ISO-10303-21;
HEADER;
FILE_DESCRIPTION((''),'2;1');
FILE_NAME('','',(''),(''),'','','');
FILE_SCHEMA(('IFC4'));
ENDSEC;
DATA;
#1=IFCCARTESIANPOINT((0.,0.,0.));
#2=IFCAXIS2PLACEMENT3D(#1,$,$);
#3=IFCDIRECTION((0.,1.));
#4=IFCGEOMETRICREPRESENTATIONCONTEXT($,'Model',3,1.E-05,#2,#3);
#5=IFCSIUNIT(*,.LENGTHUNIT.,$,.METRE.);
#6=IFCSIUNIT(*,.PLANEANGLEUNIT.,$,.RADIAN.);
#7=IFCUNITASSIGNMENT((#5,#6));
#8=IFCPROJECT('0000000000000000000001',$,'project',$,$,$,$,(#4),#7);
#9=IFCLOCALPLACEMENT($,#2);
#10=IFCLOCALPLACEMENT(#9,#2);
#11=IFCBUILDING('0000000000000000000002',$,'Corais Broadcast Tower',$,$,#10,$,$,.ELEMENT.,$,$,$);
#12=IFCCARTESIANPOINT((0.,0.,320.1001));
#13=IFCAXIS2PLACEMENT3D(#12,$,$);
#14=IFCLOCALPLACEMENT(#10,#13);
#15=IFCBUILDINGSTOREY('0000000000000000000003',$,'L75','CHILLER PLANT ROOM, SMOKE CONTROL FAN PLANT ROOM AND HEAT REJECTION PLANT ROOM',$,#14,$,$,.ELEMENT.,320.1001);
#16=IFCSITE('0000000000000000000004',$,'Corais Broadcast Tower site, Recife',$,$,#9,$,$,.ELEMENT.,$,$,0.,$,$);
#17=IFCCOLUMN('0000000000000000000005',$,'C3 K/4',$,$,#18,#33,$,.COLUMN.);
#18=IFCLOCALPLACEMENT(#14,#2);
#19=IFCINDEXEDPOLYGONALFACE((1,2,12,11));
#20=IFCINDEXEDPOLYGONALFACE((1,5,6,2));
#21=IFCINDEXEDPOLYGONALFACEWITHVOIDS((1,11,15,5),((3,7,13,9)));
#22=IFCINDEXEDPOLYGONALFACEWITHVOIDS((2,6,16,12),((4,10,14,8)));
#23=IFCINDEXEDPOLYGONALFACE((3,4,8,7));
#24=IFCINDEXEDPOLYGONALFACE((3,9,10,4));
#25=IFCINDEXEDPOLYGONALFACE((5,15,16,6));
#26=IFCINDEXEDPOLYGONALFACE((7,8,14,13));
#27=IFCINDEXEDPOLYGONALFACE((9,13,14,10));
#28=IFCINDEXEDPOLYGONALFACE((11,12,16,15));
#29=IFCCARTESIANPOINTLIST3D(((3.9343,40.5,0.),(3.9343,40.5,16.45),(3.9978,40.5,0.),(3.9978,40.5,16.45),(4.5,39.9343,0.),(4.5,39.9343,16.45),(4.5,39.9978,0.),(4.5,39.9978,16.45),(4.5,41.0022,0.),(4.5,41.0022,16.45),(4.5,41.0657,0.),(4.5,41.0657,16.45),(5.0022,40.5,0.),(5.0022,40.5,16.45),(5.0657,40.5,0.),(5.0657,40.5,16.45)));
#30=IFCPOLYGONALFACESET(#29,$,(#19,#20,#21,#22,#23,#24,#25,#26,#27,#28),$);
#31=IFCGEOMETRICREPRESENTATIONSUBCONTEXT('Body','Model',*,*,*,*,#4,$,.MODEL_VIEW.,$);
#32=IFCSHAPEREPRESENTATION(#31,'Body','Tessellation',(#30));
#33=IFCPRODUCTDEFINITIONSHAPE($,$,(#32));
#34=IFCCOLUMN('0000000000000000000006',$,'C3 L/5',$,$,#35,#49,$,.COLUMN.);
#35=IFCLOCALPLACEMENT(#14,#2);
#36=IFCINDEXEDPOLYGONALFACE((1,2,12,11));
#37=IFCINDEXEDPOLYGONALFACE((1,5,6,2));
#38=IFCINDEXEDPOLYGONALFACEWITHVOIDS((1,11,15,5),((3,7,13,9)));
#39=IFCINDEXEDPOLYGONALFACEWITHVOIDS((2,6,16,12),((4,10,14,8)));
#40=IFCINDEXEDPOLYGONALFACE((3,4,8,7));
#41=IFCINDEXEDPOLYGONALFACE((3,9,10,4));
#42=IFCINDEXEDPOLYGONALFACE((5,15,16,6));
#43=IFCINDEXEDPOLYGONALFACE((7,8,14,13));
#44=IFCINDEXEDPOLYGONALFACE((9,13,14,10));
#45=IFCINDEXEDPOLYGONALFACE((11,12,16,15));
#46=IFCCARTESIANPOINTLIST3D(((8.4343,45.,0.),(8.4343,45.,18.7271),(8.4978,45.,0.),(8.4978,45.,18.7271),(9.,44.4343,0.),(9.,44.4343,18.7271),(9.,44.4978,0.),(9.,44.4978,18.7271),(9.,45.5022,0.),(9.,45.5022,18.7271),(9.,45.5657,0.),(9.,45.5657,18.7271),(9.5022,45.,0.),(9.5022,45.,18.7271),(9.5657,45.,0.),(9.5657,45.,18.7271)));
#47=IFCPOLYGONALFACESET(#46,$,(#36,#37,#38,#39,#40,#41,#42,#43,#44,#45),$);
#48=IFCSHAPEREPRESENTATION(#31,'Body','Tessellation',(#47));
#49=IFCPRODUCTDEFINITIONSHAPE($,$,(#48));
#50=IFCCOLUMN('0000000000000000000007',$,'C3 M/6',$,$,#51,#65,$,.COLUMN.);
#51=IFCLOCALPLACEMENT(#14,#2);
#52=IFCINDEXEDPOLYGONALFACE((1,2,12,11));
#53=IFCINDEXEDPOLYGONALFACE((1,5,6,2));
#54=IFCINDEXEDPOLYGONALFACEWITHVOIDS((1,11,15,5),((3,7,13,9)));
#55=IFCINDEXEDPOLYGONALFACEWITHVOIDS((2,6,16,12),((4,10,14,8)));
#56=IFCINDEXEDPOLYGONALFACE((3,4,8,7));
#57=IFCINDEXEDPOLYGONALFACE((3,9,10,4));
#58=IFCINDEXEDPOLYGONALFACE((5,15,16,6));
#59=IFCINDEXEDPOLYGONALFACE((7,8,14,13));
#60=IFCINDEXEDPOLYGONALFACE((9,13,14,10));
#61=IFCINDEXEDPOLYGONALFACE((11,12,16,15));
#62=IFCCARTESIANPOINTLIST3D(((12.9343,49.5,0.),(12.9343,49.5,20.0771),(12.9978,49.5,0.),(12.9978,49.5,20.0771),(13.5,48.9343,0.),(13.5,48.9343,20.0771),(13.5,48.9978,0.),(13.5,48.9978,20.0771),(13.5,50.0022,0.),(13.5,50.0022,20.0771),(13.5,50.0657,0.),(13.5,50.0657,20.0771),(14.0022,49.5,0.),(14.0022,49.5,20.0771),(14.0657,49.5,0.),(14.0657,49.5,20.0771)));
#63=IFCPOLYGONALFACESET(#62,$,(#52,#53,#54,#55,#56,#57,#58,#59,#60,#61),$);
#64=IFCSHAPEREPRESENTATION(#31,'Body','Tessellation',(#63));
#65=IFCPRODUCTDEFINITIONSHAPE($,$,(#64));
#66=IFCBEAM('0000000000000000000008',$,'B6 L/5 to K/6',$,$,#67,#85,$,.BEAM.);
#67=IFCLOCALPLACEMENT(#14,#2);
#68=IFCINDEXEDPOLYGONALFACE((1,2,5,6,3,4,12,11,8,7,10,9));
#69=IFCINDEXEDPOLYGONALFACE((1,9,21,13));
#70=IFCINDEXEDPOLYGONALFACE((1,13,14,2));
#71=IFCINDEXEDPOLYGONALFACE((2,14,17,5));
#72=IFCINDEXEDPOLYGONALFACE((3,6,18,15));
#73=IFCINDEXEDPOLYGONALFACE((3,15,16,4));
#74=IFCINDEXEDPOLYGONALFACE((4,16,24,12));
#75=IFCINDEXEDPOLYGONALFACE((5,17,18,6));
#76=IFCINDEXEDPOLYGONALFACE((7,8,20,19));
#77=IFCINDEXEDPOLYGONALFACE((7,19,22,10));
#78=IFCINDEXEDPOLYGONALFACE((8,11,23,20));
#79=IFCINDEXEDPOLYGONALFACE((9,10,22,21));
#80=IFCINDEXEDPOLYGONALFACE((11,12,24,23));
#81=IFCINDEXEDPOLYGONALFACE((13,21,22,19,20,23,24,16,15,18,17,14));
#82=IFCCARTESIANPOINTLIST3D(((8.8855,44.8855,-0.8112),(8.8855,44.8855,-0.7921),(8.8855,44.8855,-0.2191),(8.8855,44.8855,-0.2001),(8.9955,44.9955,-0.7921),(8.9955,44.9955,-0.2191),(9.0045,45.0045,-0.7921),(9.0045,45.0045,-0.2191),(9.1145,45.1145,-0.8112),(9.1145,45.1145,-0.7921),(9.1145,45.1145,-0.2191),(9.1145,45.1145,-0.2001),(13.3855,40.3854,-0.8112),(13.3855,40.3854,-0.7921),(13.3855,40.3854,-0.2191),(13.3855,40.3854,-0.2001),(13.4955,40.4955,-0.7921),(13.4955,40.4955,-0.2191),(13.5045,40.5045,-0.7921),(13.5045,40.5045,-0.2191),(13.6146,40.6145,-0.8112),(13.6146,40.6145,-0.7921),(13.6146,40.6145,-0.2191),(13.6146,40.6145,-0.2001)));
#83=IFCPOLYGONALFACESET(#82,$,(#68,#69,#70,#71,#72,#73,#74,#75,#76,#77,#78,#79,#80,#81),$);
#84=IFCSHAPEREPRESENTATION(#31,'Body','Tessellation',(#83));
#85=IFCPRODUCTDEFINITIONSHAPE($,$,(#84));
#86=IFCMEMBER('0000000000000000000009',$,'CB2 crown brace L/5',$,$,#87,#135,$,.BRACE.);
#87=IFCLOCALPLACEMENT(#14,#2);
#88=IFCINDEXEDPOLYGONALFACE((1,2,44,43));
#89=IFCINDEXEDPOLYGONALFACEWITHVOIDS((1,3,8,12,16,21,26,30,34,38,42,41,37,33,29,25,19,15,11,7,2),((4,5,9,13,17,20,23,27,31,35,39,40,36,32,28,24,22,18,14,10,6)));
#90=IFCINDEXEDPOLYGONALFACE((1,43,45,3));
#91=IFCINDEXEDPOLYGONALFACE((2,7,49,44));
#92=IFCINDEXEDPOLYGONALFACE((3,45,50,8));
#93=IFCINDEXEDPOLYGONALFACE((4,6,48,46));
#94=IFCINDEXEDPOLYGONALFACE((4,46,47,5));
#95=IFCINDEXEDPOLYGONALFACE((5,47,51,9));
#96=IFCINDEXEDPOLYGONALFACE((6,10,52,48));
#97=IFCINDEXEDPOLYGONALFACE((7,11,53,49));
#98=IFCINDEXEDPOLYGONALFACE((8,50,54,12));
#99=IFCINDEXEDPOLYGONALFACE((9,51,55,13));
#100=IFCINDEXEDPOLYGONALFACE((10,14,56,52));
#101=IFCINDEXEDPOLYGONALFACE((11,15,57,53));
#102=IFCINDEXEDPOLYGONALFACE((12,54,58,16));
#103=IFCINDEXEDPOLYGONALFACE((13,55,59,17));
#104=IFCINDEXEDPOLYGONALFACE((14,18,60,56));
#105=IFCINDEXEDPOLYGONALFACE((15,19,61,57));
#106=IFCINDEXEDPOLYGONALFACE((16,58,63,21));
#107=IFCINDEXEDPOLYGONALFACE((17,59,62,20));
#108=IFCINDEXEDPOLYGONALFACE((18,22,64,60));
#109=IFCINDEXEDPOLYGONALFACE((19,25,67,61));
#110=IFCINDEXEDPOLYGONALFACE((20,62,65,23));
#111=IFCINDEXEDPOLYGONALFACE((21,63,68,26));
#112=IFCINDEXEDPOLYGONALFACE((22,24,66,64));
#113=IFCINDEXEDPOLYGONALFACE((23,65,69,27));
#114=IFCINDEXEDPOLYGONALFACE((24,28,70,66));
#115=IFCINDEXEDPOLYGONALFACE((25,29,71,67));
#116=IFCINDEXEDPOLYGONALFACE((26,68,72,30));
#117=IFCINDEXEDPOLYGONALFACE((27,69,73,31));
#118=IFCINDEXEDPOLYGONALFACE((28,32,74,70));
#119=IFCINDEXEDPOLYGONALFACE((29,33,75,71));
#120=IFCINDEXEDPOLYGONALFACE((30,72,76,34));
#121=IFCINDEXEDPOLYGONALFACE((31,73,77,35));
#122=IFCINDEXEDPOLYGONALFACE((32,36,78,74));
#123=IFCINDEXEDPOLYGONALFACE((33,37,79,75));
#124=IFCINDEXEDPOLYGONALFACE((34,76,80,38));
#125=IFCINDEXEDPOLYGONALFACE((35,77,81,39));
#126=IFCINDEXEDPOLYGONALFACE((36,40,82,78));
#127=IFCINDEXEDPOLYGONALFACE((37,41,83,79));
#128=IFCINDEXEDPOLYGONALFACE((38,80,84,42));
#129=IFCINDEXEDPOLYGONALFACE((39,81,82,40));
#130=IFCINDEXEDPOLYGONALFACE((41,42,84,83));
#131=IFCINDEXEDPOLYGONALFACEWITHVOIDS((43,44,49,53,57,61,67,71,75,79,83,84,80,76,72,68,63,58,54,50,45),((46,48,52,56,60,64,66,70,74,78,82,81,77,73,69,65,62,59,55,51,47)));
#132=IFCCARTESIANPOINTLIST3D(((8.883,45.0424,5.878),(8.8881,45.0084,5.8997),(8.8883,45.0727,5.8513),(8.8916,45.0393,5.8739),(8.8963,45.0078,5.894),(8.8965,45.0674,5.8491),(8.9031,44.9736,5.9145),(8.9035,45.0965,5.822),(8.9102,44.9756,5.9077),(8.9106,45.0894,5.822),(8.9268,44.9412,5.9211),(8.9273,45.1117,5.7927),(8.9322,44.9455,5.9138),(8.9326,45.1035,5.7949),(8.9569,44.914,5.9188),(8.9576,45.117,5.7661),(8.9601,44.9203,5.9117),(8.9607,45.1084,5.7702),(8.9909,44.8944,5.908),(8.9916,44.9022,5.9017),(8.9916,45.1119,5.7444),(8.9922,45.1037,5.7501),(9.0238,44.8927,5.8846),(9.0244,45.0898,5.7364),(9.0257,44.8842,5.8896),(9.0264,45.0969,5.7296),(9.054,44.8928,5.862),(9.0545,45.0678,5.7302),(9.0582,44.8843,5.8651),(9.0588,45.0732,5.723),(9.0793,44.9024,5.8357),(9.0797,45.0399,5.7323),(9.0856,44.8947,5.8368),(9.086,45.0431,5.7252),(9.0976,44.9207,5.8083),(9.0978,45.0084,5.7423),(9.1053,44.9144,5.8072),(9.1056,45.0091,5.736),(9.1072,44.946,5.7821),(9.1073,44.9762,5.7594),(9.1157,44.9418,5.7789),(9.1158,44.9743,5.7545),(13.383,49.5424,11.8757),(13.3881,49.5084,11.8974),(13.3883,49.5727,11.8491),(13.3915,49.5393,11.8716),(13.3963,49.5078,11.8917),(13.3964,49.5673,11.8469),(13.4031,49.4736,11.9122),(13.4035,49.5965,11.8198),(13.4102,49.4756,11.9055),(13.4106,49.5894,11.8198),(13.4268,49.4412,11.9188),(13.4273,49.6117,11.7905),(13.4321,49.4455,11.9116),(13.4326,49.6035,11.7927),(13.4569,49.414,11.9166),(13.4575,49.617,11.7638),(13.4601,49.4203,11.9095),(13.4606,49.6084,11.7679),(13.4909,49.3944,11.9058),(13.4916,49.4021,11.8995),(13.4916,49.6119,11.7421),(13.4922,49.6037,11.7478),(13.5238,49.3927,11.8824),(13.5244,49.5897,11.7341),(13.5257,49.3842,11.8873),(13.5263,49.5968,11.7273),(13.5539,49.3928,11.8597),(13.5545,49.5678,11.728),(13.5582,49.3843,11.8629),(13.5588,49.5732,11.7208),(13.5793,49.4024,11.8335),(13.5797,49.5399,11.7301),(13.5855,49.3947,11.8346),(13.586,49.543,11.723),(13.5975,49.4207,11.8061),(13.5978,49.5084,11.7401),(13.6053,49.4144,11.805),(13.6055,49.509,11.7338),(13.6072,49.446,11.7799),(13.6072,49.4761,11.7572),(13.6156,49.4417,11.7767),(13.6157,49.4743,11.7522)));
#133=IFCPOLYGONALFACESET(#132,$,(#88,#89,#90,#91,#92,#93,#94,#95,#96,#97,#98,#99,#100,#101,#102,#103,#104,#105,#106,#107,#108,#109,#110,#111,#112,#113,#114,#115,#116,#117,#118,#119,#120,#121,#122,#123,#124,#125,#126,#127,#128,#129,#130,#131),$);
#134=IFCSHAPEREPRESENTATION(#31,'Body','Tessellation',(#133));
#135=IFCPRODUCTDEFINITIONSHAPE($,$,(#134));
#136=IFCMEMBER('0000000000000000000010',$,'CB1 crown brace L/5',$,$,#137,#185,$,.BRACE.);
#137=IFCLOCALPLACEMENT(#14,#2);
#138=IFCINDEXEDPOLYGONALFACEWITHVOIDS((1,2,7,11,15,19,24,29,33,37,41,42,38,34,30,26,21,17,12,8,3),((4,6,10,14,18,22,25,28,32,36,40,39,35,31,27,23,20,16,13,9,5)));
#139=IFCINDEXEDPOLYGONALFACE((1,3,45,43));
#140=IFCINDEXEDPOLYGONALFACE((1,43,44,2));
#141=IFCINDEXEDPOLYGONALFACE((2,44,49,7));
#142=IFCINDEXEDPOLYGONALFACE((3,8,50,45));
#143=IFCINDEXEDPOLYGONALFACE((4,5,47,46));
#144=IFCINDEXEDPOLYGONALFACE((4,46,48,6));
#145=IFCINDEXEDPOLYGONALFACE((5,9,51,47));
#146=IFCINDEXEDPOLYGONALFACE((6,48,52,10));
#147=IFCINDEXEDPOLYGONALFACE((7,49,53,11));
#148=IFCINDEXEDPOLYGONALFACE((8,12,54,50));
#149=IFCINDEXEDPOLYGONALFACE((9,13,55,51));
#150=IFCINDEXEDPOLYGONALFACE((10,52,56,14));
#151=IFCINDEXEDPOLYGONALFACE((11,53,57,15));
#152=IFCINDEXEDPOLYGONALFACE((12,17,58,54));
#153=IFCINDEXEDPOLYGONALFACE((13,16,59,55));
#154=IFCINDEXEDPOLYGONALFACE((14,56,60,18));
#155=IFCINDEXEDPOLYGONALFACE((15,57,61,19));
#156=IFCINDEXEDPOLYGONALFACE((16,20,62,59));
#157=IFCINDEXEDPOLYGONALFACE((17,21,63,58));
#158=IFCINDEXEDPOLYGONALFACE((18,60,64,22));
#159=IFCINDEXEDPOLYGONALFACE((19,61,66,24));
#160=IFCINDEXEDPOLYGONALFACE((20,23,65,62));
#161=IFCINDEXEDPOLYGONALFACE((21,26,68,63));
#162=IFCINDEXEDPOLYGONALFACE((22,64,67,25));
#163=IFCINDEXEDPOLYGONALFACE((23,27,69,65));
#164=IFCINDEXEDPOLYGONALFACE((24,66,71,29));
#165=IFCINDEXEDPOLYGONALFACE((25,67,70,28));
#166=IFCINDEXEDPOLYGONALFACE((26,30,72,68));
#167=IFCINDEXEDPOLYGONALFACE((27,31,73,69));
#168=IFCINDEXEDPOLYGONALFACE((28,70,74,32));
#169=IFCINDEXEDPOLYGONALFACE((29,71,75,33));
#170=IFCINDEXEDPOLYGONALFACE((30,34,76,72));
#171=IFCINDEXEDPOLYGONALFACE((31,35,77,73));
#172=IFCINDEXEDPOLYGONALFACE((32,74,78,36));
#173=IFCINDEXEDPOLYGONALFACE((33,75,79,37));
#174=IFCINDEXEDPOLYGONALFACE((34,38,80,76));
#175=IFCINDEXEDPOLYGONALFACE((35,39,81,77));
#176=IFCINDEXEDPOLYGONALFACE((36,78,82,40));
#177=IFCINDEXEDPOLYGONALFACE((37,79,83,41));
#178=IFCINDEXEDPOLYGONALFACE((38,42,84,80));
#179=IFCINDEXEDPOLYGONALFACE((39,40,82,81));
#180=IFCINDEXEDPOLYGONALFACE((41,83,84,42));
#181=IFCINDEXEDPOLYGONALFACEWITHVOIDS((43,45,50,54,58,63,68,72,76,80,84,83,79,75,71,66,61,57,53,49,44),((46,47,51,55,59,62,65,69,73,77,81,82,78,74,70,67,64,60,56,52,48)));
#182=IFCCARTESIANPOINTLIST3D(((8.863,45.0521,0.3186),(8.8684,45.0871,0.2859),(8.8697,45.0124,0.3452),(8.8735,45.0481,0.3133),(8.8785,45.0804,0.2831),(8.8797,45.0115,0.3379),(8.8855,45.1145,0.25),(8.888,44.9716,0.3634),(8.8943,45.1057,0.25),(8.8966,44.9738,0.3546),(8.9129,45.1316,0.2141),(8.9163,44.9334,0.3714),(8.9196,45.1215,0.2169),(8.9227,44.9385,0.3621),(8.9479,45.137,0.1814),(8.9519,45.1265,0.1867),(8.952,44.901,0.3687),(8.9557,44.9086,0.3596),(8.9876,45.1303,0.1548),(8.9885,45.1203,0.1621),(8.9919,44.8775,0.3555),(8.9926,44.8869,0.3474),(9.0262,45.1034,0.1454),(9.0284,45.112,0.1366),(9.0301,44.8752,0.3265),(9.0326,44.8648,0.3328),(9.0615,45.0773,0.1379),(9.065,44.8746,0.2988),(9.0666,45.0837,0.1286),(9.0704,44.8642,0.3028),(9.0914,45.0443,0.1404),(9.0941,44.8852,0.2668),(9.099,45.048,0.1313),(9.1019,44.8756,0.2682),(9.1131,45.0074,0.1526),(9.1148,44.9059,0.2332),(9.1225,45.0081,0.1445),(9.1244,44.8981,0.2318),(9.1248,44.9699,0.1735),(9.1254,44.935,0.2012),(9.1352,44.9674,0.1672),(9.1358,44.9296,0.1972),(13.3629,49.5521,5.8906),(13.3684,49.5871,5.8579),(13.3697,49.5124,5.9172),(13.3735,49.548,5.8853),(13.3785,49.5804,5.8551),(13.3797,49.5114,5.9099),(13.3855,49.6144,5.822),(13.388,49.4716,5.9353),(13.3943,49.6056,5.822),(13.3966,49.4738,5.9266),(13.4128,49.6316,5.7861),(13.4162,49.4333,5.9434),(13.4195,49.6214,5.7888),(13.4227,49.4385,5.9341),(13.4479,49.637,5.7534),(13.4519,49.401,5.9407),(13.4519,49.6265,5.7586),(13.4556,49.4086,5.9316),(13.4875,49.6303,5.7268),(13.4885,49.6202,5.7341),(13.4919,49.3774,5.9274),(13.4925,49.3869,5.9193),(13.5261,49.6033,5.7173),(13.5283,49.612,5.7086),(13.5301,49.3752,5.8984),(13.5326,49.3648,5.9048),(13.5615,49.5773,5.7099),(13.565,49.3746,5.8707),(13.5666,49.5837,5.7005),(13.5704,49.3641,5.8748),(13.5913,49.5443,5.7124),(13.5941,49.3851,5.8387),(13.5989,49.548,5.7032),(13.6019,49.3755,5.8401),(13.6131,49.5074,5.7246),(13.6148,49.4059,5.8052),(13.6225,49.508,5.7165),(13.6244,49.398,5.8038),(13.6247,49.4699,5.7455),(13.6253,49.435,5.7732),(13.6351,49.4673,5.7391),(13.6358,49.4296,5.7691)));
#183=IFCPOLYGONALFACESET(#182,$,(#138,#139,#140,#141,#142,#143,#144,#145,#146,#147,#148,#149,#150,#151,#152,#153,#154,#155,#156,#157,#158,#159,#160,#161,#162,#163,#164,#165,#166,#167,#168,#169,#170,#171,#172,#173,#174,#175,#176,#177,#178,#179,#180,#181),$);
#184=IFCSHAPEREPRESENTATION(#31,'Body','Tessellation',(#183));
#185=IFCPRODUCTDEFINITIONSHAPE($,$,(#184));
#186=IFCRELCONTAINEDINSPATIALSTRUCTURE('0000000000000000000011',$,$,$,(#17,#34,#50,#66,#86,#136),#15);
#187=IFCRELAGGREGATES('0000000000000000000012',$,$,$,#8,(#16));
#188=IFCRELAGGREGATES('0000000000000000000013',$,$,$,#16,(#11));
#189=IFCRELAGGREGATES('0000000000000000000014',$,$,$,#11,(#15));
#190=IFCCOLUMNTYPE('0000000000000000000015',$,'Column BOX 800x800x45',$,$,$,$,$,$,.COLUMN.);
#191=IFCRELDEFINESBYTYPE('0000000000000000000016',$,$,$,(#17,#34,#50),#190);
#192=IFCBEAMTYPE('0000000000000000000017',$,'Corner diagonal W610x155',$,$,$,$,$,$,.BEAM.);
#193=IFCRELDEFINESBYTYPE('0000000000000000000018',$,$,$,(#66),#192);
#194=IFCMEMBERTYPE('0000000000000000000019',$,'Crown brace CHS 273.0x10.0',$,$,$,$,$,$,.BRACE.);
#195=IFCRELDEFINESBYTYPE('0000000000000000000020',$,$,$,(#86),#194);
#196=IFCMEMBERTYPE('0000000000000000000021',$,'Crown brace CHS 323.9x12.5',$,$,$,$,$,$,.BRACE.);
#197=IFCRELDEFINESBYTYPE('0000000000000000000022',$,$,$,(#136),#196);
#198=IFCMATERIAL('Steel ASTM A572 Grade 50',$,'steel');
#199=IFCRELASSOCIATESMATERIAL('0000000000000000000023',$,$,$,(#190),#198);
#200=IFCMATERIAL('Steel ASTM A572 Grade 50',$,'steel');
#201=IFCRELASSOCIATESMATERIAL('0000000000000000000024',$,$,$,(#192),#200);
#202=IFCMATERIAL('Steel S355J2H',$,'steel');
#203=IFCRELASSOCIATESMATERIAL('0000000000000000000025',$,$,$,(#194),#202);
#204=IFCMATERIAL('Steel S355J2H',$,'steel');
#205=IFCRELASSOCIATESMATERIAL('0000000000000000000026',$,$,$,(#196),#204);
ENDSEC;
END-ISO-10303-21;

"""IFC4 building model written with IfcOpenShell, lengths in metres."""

from ifc_helpers import new_model, si_unit, direction, frame, origin, origin_2d, place, context, subcontext, project, spatial, hollow_rectangle, hollow_circle, i_section, extrude, material, material_profile, profile_set, type_object, element, save


model = new_model("IFC4")

# Units and contexts
model_context = context("Model", 3, precision=1e-05, world=origin(), true_north=direction((0.0, 1.0)))
body_context = subcontext(model_context, "Body", "Model", "MODEL_VIEW")
ifc_project = project(units=[si_unit("LENGTHUNIT", "METRE"), si_unit("PLANEANGLEUNIT", "RADIAN")], contexts=[model_context])

# Site, building, storey
site_placement = place(None, origin())
site = spatial("IfcSite", under=ifc_project, at=site_placement, Name="Corais Broadcast Tower site, Recife", CompositionType="ELEMENT", RefElevation=0.0)
building_placement = place(site_placement, origin())
building = spatial("IfcBuilding", under=site, at=building_placement, Name="Corais Broadcast Tower", CompositionType="ELEMENT")
storey_placement = place(building_placement, frame((0.0, 0.0, 320.1001)))
storey = spatial("IfcBuildingStorey", under=building, at=storey_placement, Name="L75", Description="CHILLER PLANT ROOM, SMOKE CONTROL FAN PLANT ROOM AND HEAT REJECTION PLANT ROOM", CompositionType="ELEMENT", Elevation=320.1001)

# Columns
ifc_material_1 = material(Name="Steel ASTM A572 Grade 50", Category="steel")
ifc_material_profile_1 = material_profile(ifc_material_1, hollow_rectangle(XDim=0.8, YDim=0.8, WallThickness=0.0449, at=origin_2d()), Name="BOX 800x800x45")
ifc_profile_set_1 = profile_set([ifc_material_profile_1], Name="Steel ASTM A572 Grade 50")
column_type = type_object("IfcColumnType", Name="Column BOX 800x800x45", PredefinedType="COLUMN", material=ifc_profile_set_1)
column_1_placement = place(storey_placement, frame((4.5, 40.5, 0.0), z_axis=(0.0, 0.0, 1.0), x_axis=(0.707107, 0.707107, 0.0)))
element("IfcColumn", 1, at=column_1_placement, inside=storey, type_object=column_type, Name="C3 K/4", PredefinedType="COLUMN", context=body_context, shape_type="SweptSolid", body=[
    extrude(hollow_rectangle(XDim=0.8, YDim=0.8, WallThickness=0.0449, at=origin_2d()), origin(), (0.0, 0.0, 1.0), 16.45),
])
column_2_placement = place(storey_placement, frame((9.0, 45.0, 0.0), z_axis=(0.0, 0.0, 1.0), x_axis=(0.707107, 0.707107, 0.0)))
element("IfcColumn", 2, at=column_2_placement, inside=storey, type_object=column_type, Name="C3 L/5", PredefinedType="COLUMN", context=body_context, shape_type="SweptSolid", body=[
    extrude(hollow_rectangle(XDim=0.8, YDim=0.8, WallThickness=0.0449, at=origin_2d()), origin(), (0.0, 0.0, 1.0), 18.7271),
])
column_3_placement = place(storey_placement, frame((13.5, 49.5, 0.0), z_axis=(0.0, 0.0, 1.0), x_axis=(0.707107, 0.707107, 0.0)))
element("IfcColumn", 3, at=column_3_placement, inside=storey, type_object=column_type, Name="C3 M/6", PredefinedType="COLUMN", context=body_context, shape_type="SweptSolid", body=[
    extrude(hollow_rectangle(XDim=0.8, YDim=0.8, WallThickness=0.0449, at=origin_2d()), origin(), (0.0, 0.0, 1.0), 20.0771),
])

# Beam
ifc_material_2 = material(Name="Steel ASTM A572 Grade 50", Category="steel")
ifc_material_profile_2 = material_profile(ifc_material_2, i_section(OverallWidth=0.324, OverallDepth=0.6111, WebThickness=0.0127, FlangeThickness=0.019, at=origin_2d()), Name="W610x155")
ifc_profile_set_2 = profile_set([ifc_material_profile_2], Name="Steel ASTM A572 Grade 50")
beam_type_1 = type_object("IfcBeamType", Name="Corner diagonal W610x155", PredefinedType="BEAM", material=ifc_profile_set_2)
beam_1_placement = place(storey_placement, frame((9.0, 45.0, -0.5056), z_axis=(0.707107, -0.707107, 0.0), x_axis=(0.707107, 0.707107, 0.0)))
element("IfcBeam", 4, at=beam_1_placement, inside=storey, type_object=beam_type_1, Name="B6 L/5 to K/6", PredefinedType="BEAM", context=body_context, shape_type="SweptSolid", body=[
    extrude(i_section(OverallWidth=0.324, OverallDepth=0.6111, WebThickness=0.0127, FlangeThickness=0.019, at=origin_2d()), origin(), (0.0, 0.0, 1.0), 6.364),
])

# Members
ifc_material_3 = material(Name="Steel S355J2H", Category="steel")
ifc_material_profile_3 = material_profile(ifc_material_3, hollow_circle(Radius=0.1365, WallThickness=0.01, at=origin_2d()), Name="CHS 273.0x10.0")
ifc_profile_set_3 = profile_set([ifc_material_profile_3], Name="Steel S355J2H")
member_type_1 = type_object("IfcMemberType", Name="Crown brace CHS 273.0x10.0", PredefinedType="BRACE", material=ifc_profile_set_3)
member_1_placement = place(storey_placement, frame((9.0, 45.0, 5.822), z_axis=(0.514584, 0.514584, 0.685861), x_axis=(-0.707107, 0.707107, 0.0)))
element("IfcMember", 5, at=member_1_placement, inside=storey, type_object=member_type_1, Name="CB2 crown brace L/5", PredefinedType="BRACE", context=body_context, shape_type="SweptSolid", body=[
    extrude(hollow_circle(Radius=0.1365, WallThickness=0.01, at=origin_2d()), origin(), (0.0, 0.0, 1.0), 8.7449),
])
ifc_material_4 = material(Name="Steel S355J2H", Category="steel")
ifc_material_profile_4 = material_profile(ifc_material_4, hollow_circle(Radius=0.1619, WallThickness=0.0125, at=origin_2d()), Name="CHS 323.9x12.5")
ifc_profile_set_4 = profile_set([ifc_material_profile_4], Name="Steel S355J2H")
member_type_2 = type_object("IfcMemberType", Name="Crown brace CHS 323.9x12.5", PredefinedType="BRACE", material=ifc_profile_set_4)
member_2_placement = place(storey_placement, frame((9.0, 45.0, 0.25), z_axis=(0.532005, 0.532005, 0.658743), x_axis=(-0.707107, 0.707107, 0.0)))
element("IfcMember", 6, at=member_2_placement, inside=storey, type_object=member_type_2, Name="CB1 crown brace L/5", PredefinedType="BRACE", context=body_context, shape_type="SweptSolid", body=[
    extrude(hollow_circle(Radius=0.1619, WallThickness=0.0125, at=origin_2d()), origin(), (0.0, 0.0, 1.0), 8.4585),
])

save(model, "model.ifc")
